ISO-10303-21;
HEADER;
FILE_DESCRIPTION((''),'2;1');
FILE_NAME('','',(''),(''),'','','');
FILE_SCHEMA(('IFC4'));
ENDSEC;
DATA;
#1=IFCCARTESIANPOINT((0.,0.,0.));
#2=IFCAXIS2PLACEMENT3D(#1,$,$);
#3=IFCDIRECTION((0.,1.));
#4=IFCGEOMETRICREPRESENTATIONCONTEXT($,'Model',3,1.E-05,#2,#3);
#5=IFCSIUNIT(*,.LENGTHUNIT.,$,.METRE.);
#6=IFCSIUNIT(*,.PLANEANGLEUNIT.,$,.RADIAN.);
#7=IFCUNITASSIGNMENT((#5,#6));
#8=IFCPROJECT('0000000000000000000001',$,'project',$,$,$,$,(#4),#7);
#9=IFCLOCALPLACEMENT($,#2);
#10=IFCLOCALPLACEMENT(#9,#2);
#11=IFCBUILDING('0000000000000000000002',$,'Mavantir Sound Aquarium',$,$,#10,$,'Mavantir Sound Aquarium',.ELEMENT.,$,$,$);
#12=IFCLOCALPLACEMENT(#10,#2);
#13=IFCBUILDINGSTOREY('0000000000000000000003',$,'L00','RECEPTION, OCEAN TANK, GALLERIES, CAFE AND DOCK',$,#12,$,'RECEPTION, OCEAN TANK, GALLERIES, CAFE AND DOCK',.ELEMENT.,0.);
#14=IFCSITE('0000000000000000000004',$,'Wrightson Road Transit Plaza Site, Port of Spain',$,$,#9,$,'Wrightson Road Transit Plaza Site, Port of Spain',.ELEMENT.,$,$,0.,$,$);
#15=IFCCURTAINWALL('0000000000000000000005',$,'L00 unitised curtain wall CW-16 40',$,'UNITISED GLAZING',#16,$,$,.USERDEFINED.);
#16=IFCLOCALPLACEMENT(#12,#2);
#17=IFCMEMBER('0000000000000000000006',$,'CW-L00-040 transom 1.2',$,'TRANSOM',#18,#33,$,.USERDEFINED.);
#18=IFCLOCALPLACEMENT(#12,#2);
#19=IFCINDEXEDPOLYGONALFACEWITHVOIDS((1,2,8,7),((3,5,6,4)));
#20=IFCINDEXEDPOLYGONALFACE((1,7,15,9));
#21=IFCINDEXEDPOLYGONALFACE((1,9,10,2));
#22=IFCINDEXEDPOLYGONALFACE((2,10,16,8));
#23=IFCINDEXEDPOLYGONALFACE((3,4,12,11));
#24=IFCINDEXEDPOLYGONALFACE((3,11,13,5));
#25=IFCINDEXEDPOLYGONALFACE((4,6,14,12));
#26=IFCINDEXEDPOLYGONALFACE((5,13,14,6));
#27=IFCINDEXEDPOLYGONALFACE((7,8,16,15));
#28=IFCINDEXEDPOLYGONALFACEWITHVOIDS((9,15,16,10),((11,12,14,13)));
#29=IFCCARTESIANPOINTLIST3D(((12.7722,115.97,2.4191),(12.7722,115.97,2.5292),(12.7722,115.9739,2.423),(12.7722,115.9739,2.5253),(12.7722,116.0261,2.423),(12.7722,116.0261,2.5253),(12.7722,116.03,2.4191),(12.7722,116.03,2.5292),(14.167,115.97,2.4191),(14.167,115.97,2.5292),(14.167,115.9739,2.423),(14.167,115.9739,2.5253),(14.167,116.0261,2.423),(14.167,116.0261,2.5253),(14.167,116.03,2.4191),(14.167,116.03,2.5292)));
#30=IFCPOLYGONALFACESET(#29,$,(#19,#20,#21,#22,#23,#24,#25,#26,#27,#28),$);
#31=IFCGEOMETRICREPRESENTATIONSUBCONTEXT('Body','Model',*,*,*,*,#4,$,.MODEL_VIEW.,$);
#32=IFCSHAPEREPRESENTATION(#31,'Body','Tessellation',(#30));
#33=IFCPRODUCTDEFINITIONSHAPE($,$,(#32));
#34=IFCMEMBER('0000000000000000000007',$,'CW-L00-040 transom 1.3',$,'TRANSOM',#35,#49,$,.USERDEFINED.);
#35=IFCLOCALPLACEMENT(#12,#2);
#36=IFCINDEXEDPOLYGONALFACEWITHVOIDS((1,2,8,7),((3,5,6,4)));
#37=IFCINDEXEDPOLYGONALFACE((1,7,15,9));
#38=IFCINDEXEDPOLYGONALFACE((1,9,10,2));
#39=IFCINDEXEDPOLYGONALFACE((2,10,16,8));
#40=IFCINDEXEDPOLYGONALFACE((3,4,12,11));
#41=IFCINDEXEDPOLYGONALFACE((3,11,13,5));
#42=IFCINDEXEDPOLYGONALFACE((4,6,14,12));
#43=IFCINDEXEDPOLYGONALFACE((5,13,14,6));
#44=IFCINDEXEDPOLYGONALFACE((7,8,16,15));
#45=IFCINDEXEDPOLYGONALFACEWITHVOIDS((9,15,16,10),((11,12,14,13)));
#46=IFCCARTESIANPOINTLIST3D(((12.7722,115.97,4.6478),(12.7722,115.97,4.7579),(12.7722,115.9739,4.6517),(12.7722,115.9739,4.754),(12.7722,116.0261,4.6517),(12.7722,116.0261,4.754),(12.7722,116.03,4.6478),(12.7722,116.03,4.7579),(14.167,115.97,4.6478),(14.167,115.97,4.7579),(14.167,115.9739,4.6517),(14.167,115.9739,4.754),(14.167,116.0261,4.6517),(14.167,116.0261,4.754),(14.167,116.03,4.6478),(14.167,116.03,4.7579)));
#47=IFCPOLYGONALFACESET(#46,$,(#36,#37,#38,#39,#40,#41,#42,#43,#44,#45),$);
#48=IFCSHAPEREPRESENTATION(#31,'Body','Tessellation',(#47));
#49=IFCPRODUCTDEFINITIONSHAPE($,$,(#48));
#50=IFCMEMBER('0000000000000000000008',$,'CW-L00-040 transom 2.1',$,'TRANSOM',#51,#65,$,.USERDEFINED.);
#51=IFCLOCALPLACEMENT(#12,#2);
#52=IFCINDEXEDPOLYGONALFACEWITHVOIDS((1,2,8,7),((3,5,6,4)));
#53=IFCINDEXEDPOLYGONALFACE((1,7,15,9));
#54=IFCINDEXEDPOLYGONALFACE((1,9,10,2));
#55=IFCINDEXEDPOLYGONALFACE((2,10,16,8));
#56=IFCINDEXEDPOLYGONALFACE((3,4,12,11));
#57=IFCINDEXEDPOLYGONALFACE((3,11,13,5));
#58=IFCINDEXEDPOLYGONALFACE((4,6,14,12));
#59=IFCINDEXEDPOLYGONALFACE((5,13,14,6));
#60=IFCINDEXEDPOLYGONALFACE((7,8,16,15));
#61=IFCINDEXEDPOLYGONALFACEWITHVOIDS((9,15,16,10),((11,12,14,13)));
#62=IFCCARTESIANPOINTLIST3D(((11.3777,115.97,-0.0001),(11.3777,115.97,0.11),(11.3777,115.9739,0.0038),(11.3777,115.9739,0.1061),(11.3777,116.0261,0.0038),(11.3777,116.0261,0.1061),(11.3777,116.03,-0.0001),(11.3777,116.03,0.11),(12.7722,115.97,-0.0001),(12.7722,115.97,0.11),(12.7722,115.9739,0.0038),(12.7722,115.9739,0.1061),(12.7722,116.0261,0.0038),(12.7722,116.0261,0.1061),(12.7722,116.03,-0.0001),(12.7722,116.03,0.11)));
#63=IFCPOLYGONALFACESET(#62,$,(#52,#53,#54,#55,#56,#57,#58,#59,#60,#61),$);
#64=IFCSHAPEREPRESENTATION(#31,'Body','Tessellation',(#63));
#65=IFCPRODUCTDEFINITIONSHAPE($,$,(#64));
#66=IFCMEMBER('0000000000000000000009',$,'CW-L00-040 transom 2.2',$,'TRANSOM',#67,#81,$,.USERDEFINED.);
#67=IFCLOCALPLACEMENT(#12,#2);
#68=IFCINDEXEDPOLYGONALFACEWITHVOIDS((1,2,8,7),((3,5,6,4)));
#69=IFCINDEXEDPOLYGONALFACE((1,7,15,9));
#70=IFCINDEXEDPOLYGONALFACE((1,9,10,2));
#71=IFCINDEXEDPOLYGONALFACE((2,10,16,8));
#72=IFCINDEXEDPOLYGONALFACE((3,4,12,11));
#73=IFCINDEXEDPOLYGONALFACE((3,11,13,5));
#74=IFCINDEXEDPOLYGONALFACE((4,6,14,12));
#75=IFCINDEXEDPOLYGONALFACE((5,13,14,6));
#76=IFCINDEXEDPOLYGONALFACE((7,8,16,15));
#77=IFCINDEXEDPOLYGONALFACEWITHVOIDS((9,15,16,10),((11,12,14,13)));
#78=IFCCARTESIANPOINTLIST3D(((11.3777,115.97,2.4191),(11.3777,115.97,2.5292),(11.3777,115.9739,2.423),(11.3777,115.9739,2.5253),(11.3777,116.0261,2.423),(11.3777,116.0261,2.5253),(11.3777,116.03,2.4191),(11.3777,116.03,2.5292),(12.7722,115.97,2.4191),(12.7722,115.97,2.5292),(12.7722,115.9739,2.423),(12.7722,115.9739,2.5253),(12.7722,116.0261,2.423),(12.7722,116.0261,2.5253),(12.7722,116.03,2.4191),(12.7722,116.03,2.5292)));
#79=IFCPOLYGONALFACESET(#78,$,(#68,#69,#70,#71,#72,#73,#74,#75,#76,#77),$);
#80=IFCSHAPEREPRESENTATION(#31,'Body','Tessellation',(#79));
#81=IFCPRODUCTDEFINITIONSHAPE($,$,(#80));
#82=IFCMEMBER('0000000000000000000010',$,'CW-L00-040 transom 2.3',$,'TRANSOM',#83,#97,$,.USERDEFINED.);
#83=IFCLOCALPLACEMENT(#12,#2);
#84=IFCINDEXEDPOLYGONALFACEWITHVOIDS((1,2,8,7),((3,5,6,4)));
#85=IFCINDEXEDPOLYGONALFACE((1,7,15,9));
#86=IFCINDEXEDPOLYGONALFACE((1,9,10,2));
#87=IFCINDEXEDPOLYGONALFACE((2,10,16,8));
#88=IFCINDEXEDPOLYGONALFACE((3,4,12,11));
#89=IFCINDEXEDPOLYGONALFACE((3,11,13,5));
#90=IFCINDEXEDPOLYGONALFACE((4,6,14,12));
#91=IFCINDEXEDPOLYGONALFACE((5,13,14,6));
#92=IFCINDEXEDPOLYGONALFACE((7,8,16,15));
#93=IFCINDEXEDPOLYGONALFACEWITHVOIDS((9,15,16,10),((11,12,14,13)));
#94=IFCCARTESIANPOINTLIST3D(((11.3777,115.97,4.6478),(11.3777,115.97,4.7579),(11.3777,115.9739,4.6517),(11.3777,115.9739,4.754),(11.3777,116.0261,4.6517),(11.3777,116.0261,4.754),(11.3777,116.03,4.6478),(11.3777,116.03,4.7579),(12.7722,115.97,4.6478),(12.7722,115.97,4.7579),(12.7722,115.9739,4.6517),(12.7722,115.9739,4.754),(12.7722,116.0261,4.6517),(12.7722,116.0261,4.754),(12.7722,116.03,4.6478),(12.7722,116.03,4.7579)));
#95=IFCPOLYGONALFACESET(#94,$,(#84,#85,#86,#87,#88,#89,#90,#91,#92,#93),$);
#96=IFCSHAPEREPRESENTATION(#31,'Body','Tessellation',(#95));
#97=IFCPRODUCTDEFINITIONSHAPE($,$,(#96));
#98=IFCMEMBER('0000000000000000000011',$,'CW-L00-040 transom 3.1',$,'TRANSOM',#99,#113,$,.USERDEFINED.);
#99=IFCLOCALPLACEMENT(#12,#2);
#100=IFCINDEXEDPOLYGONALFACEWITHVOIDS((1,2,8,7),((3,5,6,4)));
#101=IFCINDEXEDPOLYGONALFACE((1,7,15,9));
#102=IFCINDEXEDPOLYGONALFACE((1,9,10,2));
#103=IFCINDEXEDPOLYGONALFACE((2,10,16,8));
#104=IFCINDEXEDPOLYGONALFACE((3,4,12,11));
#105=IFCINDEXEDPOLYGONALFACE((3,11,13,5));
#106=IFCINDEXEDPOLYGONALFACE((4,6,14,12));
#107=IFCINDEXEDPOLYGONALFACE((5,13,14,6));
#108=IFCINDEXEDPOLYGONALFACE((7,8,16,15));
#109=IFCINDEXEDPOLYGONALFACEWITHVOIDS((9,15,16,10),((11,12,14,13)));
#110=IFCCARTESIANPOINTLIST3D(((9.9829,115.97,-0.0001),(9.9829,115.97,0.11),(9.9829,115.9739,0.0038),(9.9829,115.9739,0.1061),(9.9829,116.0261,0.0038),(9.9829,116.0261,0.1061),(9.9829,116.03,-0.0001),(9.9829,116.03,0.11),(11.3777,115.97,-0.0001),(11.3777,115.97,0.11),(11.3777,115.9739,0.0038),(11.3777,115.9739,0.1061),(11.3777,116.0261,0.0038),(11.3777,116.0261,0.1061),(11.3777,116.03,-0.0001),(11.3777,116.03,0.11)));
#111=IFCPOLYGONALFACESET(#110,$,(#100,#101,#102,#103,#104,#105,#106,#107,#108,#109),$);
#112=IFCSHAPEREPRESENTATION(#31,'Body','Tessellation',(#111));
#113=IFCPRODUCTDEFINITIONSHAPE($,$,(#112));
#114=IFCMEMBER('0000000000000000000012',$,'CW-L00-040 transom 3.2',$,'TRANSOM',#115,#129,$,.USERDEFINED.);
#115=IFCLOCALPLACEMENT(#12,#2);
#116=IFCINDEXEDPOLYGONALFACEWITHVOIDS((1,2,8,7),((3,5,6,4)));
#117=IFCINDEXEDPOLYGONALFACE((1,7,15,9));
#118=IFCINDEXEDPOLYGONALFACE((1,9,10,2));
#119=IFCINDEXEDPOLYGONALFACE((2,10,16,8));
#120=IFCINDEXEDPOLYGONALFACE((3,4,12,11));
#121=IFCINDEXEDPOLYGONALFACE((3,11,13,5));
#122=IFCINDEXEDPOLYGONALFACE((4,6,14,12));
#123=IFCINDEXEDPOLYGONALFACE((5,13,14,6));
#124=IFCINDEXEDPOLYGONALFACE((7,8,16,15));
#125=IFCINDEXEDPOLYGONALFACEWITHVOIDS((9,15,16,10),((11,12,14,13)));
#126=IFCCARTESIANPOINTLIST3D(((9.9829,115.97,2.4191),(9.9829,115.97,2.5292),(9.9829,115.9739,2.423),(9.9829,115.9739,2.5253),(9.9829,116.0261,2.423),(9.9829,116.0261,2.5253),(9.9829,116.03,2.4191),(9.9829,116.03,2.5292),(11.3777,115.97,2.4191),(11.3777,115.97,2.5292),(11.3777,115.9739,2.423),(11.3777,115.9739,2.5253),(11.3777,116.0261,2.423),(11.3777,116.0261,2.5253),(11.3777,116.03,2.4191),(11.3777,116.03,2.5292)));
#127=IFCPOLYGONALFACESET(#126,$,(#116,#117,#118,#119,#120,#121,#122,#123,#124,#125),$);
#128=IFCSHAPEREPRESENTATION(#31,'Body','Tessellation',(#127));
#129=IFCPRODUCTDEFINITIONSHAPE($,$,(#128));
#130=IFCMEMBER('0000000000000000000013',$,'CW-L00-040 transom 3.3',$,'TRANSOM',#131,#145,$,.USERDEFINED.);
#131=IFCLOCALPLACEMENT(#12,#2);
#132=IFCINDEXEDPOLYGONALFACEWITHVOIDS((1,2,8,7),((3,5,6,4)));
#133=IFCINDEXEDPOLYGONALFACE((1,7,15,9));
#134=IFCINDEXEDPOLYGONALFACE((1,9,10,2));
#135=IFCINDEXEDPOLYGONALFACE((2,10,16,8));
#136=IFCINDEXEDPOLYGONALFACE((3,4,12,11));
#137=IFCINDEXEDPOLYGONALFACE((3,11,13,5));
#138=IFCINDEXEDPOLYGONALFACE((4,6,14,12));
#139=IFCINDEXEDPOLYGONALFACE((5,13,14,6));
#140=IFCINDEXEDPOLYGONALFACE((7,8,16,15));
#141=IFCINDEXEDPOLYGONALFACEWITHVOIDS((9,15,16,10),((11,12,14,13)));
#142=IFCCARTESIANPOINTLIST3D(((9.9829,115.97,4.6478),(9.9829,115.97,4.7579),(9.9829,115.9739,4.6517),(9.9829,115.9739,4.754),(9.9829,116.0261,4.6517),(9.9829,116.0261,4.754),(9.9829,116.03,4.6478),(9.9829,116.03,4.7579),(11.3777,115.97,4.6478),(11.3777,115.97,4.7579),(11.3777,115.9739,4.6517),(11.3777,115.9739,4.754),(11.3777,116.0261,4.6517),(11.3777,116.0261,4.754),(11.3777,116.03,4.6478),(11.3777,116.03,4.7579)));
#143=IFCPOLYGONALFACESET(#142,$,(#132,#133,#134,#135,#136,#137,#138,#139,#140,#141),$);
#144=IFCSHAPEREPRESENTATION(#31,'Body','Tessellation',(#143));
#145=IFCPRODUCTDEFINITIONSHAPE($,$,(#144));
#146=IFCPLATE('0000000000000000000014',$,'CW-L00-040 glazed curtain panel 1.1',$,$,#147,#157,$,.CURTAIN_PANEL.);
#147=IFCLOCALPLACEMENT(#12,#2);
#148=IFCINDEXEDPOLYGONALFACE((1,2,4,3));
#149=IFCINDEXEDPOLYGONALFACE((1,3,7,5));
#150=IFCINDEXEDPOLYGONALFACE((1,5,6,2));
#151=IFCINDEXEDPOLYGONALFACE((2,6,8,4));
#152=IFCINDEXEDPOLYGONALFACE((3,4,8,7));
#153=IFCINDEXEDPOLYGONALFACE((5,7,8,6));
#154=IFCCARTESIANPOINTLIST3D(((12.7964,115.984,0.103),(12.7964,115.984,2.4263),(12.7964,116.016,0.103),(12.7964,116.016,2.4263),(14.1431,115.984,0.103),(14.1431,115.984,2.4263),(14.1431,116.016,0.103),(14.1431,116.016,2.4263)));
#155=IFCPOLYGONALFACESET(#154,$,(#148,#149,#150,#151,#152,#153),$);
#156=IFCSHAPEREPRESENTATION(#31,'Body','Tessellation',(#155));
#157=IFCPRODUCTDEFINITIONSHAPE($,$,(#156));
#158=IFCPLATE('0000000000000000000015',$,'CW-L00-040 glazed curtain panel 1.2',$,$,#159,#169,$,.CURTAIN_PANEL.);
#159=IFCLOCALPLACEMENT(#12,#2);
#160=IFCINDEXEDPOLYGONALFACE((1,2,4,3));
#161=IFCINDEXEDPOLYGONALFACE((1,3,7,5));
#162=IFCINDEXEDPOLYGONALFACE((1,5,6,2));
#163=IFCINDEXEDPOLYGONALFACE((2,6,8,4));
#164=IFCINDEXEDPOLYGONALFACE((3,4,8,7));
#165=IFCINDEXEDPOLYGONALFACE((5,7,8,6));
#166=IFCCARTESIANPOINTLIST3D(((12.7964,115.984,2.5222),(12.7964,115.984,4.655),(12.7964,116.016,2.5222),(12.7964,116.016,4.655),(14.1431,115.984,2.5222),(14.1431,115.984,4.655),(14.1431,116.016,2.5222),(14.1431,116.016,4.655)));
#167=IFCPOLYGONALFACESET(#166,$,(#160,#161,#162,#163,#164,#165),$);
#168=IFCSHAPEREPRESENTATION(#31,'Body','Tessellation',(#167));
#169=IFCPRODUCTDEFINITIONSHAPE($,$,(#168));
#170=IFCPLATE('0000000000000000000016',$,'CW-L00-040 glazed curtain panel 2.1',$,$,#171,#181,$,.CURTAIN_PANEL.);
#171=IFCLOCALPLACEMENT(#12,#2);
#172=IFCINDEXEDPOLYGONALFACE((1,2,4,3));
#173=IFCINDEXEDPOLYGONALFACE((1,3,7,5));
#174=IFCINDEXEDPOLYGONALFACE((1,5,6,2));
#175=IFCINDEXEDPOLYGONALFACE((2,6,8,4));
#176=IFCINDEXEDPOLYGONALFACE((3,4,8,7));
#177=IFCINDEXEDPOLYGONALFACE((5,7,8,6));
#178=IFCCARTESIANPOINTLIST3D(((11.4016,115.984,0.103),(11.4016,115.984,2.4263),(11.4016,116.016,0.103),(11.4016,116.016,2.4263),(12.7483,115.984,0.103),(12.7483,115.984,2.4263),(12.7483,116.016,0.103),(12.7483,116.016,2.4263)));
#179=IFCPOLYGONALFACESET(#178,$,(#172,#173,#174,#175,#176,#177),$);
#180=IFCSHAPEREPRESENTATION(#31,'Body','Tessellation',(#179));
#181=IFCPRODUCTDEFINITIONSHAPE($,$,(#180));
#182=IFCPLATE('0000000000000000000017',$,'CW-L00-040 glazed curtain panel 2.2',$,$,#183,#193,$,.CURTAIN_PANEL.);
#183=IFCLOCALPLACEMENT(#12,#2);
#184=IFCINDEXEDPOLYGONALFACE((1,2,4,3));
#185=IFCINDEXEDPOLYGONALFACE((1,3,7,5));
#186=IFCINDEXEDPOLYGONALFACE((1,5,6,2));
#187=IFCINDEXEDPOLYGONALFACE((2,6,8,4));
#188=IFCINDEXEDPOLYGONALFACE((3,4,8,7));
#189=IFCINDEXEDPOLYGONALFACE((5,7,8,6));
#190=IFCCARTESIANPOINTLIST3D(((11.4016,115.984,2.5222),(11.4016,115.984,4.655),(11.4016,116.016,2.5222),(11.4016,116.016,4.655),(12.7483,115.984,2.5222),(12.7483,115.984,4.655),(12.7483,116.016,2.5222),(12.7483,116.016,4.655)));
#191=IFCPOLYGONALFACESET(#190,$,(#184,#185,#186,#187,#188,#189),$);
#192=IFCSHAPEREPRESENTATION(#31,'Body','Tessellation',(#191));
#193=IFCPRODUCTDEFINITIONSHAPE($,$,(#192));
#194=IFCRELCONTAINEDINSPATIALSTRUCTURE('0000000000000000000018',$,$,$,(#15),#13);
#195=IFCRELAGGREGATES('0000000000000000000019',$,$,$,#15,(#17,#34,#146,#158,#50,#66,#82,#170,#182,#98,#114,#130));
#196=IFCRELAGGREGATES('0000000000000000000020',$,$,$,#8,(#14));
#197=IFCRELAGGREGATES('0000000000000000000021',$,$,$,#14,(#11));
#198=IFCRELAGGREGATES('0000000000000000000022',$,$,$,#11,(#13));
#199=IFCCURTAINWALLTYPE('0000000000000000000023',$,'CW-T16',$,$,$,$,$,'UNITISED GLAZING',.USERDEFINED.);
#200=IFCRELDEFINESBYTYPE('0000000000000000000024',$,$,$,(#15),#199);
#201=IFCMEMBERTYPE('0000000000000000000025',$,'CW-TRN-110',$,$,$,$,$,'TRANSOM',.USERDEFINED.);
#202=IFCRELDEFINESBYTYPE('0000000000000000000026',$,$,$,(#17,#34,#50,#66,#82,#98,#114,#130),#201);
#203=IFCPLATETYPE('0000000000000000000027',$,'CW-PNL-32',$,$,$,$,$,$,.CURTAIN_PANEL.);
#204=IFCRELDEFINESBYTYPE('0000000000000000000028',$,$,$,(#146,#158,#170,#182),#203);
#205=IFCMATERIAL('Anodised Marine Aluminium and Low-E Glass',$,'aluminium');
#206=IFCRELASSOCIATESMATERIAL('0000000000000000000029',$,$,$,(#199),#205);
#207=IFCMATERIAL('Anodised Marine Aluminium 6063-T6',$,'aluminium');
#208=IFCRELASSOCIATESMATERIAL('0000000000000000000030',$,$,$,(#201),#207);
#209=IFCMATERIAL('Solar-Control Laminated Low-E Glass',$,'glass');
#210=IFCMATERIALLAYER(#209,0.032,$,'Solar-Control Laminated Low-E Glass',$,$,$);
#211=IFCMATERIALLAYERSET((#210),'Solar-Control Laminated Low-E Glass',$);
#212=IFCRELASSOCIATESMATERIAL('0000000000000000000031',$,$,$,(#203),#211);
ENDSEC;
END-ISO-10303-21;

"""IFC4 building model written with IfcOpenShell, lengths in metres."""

from ifc_helpers import new_model, si_unit, direction, frame, origin, origin_2d, place, context, subcontext, project, spatial, rectangle, hollow_rectangle, extrude, material, layer, layer_set, material_profile, profile_set, type_object, element, aggregate, save


model = new_model("IFC4")

# Units and contexts
model_context = context("Model", 3, precision=1e-05, world=origin(), true_north=direction((0.0, 1.0)))
body_context = subcontext(model_context, "Body", "Model", "MODEL_VIEW")
ifc_project = project(units=[si_unit("LENGTHUNIT", "METRE"), si_unit("PLANEANGLEUNIT", "RADIAN")], contexts=[model_context])

# Site, building, storey
site_placement = place(None, origin())
site = spatial("IfcSite", under=ifc_project, at=site_placement, Name="Wrightson Road Transit Plaza Site, Port of Spain", LongName="Wrightson Road Transit Plaza Site, Port of Spain", CompositionType="ELEMENT", RefElevation=0.0)
building_placement = place(site_placement, origin())
building = spatial("IfcBuilding", under=site, at=building_placement, Name="Mavantir Sound Aquarium", LongName="Mavantir Sound Aquarium", CompositionType="ELEMENT")
storey_placement = place(building_placement, origin())
storey = spatial("IfcBuildingStorey", under=building, at=storey_placement, Name="L00", Description="RECEPTION, OCEAN TANK, GALLERIES, CAFE AND DOCK", LongName="RECEPTION, OCEAN TANK, GALLERIES, CAFE AND DOCK", CompositionType="ELEMENT", Elevation=0.0)

# Curtain wall, members, plates
ifc_material_1 = material(Name="Anodised Marine Aluminium and Low-E Glass", Category="aluminium")
curtain_wall_type = type_object("IfcCurtainWallType", Name="CW-T16", ElementType="UNITISED GLAZING", PredefinedType="USERDEFINED", material=ifc_material_1)
curtain_wall_placement = place(storey_placement, origin())
curtain_wall = element("IfcCurtainWall", 1, at=curtain_wall_placement, inside=storey, type_object=curtain_wall_type, Name="L00 unitised curtain wall CW-16 40", ObjectType="UNITISED GLAZING", PredefinedType="USERDEFINED")
ifc_material_2 = material(Name="Anodised Marine Aluminium 6063-T6", Category="aluminium")
ifc_material_profile_1 = material_profile(ifc_material_2, hollow_rectangle(XDim=0.0601, YDim=0.1101, WallThickness=0.0039, at=origin_2d()), Name="ALU-TRANSOM-110X60")
ifc_profile_set_1 = profile_set([ifc_material_profile_1], Name="Anodised Marine Aluminium 6063-T6")
member_type_1 = type_object("IfcMemberType", Name="CW-TRN-110", ElementType="TRANSOM", PredefinedType="USERDEFINED", material=ifc_profile_set_1)
member_1_placement = place(storey_placement, frame((14.167, 116.0, 2.4741), z_axis=(-1.0, 0.0, 0.0), x_axis=(0.0, -1.0, 0.0)))
member_1 = element("IfcMember", 2, at=member_1_placement, type_object=member_type_1, Name="CW-L00-040 transom 1.2", ObjectType="TRANSOM", PredefinedType="USERDEFINED", context=body_context, shape_type="SweptSolid", body=[
    extrude(hollow_rectangle(XDim=0.0601, YDim=0.1101, WallThickness=0.0039, at=origin_2d()), origin(), (0.0, 0.0, 1.0), 1.3948),
])
member_2_placement = place(storey_placement, frame((14.167, 116.0, 4.7029), z_axis=(-1.0, 0.0, 0.0), x_axis=(0.0, -1.0, 0.0)))
member_2 = element("IfcMember", 3, at=member_2_placement, type_object=member_type_1, Name="CW-L00-040 transom 1.3", ObjectType="TRANSOM", PredefinedType="USERDEFINED", context=body_context, shape_type="SweptSolid", body=[
    extrude(hollow_rectangle(XDim=0.0601, YDim=0.1101, WallThickness=0.0039, at=origin_2d()), origin(), (0.0, 0.0, 1.0), 1.3948),
])
member_3_placement = place(storey_placement, frame((12.7722, 116.0, 0.0549), z_axis=(-1.0, 0.0, 0.0), x_axis=(0.0, -1.0, 0.0)))
member_3 = element("IfcMember", 4, at=member_3_placement, type_object=member_type_1, Name="CW-L00-040 transom 2.1", ObjectType="TRANSOM", PredefinedType="USERDEFINED", context=body_context, shape_type="SweptSolid", body=[
    extrude(hollow_rectangle(XDim=0.0601, YDim=0.1101, WallThickness=0.0039, at=origin_2d()), origin(), (0.0, 0.0, 1.0), 1.3945),
])
member_4_placement = place(storey_placement, frame((12.7722, 116.0, 2.4741), z_axis=(-1.0, 0.0, 0.0), x_axis=(0.0, -1.0, 0.0)))
member_4 = element("IfcMember", 5, at=member_4_placement, type_object=member_type_1, Name="CW-L00-040 transom 2.2", ObjectType="TRANSOM", PredefinedType="USERDEFINED", context=body_context, shape_type="SweptSolid", body=[
    extrude(hollow_rectangle(XDim=0.0601, YDim=0.1101, WallThickness=0.0039, at=origin_2d()), origin(), (0.0, 0.0, 1.0), 1.3945),
])
member_5_placement = place(storey_placement, frame((12.7722, 116.0, 4.7029), z_axis=(-1.0, 0.0, 0.0), x_axis=(0.0, -1.0, 0.0)))
member_5 = element("IfcMember", 6, at=member_5_placement, type_object=member_type_1, Name="CW-L00-040 transom 2.3", ObjectType="TRANSOM", PredefinedType="USERDEFINED", context=body_context, shape_type="SweptSolid", body=[
    extrude(hollow_rectangle(XDim=0.0601, YDim=0.1101, WallThickness=0.0039, at=origin_2d()), origin(), (0.0, 0.0, 1.0), 1.3945),
])
member_6_placement = place(storey_placement, frame((11.3777, 116.0, 0.0549), z_axis=(-1.0, 0.0, 0.0), x_axis=(0.0, -1.0, 0.0)))
member_6 = element("IfcMember", 7, at=member_6_placement, type_object=member_type_1, Name="CW-L00-040 transom 3.1", ObjectType="TRANSOM", PredefinedType="USERDEFINED", context=body_context, shape_type="SweptSolid", body=[
    extrude(hollow_rectangle(XDim=0.0601, YDim=0.1101, WallThickness=0.0039, at=origin_2d()), origin(), (0.0, 0.0, 1.0), 1.3948),
])
member_7_placement = place(storey_placement, frame((11.3777, 116.0, 2.4741), z_axis=(-1.0, 0.0, 0.0), x_axis=(0.0, -1.0, 0.0)))
member_7 = element("IfcMember", 8, at=member_7_placement, type_object=member_type_1, Name="CW-L00-040 transom 3.2", ObjectType="TRANSOM", PredefinedType="USERDEFINED", context=body_context, shape_type="SweptSolid", body=[
    extrude(hollow_rectangle(XDim=0.0601, YDim=0.1101, WallThickness=0.0039, at=origin_2d()), origin(), (0.0, 0.0, 1.0), 1.3948),
])
member_8_placement = place(storey_placement, frame((11.3777, 116.0, 4.7029), z_axis=(-1.0, 0.0, 0.0), x_axis=(0.0, -1.0, 0.0)))
member_8 = element("IfcMember", 9, at=member_8_placement, type_object=member_type_1, Name="CW-L00-040 transom 3.3", ObjectType="TRANSOM", PredefinedType="USERDEFINED", context=body_context, shape_type="SweptSolid", body=[
    extrude(hollow_rectangle(XDim=0.0601, YDim=0.1101, WallThickness=0.0039, at=origin_2d()), origin(), (0.0, 0.0, 1.0), 1.3948),
])
ifc_material_3 = material(Name="Solar-Control Laminated Low-E Glass", Category="glass")
ifc_layer = layer(ifc_material_3, 0.032, Name="Solar-Control Laminated Low-E Glass")
ifc_layer_set = layer_set([ifc_layer], Name="Solar-Control Laminated Low-E Glass")
plate_type = type_object("IfcPlateType", Name="CW-PNL-32", PredefinedType="CURTAIN_PANEL", material=ifc_layer_set)
plate_1_placement = place(storey_placement, frame((13.4697, 116.0, 0.103), z_axis=(0.0, 0.0, 1.0), x_axis=(-1.0, 0.0, 0.0)))
plate_1 = element("IfcPlate", 10, at=plate_1_placement, type_object=plate_type, Name="CW-L00-040 glazed curtain panel 1.1", PredefinedType="CURTAIN_PANEL", context=body_context, shape_type="SweptSolid", body=[
    extrude(rectangle(XDim=1.3467, YDim=0.032, at=origin_2d()), origin(), (0.0, 0.0, 1.0), 2.3232),
])
plate_2_placement = place(storey_placement, frame((13.4697, 116.0, 2.5222), z_axis=(0.0, 0.0, 1.0), x_axis=(-1.0, 0.0, 0.0)))
plate_2 = element("IfcPlate", 11, at=plate_2_placement, type_object=plate_type, Name="CW-L00-040 glazed curtain panel 1.2", PredefinedType="CURTAIN_PANEL", context=body_context, shape_type="SweptSolid", body=[
    extrude(rectangle(XDim=1.3467, YDim=0.032, at=origin_2d()), origin(), (0.0, 0.0, 1.0), 2.1328),
])
plate_3_placement = place(storey_placement, frame((12.075, 116.0, 0.103), z_axis=(0.0, 0.0, 1.0), x_axis=(-1.0, 0.0, 0.0)))
plate_3 = element("IfcPlate", 12, at=plate_3_placement, type_object=plate_type, Name="CW-L00-040 glazed curtain panel 2.1", PredefinedType="CURTAIN_PANEL", context=body_context, shape_type="SweptSolid", body=[
    extrude(rectangle(XDim=1.3467, YDim=0.032, at=origin_2d()), origin(), (0.0, 0.0, 1.0), 2.3232),
])
plate_4_placement = place(storey_placement, frame((12.075, 116.0, 2.5222), z_axis=(0.0, 0.0, 1.0), x_axis=(-1.0, 0.0, 0.0)))
plate_4 = element("IfcPlate", 13, at=plate_4_placement, type_object=plate_type, Name="CW-L00-040 glazed curtain panel 2.2", PredefinedType="CURTAIN_PANEL", context=body_context, shape_type="SweptSolid", body=[
    extrude(rectangle(XDim=1.3467, YDim=0.032, at=origin_2d()), origin(), (0.0, 0.0, 1.0), 2.1328),
])
aggregate(curtain_wall, [member_1, member_2, plate_1, plate_2, member_3, member_4, member_5, plate_3, plate_4, member_6, member_7, member_8])

save(model, "model.ifc")
